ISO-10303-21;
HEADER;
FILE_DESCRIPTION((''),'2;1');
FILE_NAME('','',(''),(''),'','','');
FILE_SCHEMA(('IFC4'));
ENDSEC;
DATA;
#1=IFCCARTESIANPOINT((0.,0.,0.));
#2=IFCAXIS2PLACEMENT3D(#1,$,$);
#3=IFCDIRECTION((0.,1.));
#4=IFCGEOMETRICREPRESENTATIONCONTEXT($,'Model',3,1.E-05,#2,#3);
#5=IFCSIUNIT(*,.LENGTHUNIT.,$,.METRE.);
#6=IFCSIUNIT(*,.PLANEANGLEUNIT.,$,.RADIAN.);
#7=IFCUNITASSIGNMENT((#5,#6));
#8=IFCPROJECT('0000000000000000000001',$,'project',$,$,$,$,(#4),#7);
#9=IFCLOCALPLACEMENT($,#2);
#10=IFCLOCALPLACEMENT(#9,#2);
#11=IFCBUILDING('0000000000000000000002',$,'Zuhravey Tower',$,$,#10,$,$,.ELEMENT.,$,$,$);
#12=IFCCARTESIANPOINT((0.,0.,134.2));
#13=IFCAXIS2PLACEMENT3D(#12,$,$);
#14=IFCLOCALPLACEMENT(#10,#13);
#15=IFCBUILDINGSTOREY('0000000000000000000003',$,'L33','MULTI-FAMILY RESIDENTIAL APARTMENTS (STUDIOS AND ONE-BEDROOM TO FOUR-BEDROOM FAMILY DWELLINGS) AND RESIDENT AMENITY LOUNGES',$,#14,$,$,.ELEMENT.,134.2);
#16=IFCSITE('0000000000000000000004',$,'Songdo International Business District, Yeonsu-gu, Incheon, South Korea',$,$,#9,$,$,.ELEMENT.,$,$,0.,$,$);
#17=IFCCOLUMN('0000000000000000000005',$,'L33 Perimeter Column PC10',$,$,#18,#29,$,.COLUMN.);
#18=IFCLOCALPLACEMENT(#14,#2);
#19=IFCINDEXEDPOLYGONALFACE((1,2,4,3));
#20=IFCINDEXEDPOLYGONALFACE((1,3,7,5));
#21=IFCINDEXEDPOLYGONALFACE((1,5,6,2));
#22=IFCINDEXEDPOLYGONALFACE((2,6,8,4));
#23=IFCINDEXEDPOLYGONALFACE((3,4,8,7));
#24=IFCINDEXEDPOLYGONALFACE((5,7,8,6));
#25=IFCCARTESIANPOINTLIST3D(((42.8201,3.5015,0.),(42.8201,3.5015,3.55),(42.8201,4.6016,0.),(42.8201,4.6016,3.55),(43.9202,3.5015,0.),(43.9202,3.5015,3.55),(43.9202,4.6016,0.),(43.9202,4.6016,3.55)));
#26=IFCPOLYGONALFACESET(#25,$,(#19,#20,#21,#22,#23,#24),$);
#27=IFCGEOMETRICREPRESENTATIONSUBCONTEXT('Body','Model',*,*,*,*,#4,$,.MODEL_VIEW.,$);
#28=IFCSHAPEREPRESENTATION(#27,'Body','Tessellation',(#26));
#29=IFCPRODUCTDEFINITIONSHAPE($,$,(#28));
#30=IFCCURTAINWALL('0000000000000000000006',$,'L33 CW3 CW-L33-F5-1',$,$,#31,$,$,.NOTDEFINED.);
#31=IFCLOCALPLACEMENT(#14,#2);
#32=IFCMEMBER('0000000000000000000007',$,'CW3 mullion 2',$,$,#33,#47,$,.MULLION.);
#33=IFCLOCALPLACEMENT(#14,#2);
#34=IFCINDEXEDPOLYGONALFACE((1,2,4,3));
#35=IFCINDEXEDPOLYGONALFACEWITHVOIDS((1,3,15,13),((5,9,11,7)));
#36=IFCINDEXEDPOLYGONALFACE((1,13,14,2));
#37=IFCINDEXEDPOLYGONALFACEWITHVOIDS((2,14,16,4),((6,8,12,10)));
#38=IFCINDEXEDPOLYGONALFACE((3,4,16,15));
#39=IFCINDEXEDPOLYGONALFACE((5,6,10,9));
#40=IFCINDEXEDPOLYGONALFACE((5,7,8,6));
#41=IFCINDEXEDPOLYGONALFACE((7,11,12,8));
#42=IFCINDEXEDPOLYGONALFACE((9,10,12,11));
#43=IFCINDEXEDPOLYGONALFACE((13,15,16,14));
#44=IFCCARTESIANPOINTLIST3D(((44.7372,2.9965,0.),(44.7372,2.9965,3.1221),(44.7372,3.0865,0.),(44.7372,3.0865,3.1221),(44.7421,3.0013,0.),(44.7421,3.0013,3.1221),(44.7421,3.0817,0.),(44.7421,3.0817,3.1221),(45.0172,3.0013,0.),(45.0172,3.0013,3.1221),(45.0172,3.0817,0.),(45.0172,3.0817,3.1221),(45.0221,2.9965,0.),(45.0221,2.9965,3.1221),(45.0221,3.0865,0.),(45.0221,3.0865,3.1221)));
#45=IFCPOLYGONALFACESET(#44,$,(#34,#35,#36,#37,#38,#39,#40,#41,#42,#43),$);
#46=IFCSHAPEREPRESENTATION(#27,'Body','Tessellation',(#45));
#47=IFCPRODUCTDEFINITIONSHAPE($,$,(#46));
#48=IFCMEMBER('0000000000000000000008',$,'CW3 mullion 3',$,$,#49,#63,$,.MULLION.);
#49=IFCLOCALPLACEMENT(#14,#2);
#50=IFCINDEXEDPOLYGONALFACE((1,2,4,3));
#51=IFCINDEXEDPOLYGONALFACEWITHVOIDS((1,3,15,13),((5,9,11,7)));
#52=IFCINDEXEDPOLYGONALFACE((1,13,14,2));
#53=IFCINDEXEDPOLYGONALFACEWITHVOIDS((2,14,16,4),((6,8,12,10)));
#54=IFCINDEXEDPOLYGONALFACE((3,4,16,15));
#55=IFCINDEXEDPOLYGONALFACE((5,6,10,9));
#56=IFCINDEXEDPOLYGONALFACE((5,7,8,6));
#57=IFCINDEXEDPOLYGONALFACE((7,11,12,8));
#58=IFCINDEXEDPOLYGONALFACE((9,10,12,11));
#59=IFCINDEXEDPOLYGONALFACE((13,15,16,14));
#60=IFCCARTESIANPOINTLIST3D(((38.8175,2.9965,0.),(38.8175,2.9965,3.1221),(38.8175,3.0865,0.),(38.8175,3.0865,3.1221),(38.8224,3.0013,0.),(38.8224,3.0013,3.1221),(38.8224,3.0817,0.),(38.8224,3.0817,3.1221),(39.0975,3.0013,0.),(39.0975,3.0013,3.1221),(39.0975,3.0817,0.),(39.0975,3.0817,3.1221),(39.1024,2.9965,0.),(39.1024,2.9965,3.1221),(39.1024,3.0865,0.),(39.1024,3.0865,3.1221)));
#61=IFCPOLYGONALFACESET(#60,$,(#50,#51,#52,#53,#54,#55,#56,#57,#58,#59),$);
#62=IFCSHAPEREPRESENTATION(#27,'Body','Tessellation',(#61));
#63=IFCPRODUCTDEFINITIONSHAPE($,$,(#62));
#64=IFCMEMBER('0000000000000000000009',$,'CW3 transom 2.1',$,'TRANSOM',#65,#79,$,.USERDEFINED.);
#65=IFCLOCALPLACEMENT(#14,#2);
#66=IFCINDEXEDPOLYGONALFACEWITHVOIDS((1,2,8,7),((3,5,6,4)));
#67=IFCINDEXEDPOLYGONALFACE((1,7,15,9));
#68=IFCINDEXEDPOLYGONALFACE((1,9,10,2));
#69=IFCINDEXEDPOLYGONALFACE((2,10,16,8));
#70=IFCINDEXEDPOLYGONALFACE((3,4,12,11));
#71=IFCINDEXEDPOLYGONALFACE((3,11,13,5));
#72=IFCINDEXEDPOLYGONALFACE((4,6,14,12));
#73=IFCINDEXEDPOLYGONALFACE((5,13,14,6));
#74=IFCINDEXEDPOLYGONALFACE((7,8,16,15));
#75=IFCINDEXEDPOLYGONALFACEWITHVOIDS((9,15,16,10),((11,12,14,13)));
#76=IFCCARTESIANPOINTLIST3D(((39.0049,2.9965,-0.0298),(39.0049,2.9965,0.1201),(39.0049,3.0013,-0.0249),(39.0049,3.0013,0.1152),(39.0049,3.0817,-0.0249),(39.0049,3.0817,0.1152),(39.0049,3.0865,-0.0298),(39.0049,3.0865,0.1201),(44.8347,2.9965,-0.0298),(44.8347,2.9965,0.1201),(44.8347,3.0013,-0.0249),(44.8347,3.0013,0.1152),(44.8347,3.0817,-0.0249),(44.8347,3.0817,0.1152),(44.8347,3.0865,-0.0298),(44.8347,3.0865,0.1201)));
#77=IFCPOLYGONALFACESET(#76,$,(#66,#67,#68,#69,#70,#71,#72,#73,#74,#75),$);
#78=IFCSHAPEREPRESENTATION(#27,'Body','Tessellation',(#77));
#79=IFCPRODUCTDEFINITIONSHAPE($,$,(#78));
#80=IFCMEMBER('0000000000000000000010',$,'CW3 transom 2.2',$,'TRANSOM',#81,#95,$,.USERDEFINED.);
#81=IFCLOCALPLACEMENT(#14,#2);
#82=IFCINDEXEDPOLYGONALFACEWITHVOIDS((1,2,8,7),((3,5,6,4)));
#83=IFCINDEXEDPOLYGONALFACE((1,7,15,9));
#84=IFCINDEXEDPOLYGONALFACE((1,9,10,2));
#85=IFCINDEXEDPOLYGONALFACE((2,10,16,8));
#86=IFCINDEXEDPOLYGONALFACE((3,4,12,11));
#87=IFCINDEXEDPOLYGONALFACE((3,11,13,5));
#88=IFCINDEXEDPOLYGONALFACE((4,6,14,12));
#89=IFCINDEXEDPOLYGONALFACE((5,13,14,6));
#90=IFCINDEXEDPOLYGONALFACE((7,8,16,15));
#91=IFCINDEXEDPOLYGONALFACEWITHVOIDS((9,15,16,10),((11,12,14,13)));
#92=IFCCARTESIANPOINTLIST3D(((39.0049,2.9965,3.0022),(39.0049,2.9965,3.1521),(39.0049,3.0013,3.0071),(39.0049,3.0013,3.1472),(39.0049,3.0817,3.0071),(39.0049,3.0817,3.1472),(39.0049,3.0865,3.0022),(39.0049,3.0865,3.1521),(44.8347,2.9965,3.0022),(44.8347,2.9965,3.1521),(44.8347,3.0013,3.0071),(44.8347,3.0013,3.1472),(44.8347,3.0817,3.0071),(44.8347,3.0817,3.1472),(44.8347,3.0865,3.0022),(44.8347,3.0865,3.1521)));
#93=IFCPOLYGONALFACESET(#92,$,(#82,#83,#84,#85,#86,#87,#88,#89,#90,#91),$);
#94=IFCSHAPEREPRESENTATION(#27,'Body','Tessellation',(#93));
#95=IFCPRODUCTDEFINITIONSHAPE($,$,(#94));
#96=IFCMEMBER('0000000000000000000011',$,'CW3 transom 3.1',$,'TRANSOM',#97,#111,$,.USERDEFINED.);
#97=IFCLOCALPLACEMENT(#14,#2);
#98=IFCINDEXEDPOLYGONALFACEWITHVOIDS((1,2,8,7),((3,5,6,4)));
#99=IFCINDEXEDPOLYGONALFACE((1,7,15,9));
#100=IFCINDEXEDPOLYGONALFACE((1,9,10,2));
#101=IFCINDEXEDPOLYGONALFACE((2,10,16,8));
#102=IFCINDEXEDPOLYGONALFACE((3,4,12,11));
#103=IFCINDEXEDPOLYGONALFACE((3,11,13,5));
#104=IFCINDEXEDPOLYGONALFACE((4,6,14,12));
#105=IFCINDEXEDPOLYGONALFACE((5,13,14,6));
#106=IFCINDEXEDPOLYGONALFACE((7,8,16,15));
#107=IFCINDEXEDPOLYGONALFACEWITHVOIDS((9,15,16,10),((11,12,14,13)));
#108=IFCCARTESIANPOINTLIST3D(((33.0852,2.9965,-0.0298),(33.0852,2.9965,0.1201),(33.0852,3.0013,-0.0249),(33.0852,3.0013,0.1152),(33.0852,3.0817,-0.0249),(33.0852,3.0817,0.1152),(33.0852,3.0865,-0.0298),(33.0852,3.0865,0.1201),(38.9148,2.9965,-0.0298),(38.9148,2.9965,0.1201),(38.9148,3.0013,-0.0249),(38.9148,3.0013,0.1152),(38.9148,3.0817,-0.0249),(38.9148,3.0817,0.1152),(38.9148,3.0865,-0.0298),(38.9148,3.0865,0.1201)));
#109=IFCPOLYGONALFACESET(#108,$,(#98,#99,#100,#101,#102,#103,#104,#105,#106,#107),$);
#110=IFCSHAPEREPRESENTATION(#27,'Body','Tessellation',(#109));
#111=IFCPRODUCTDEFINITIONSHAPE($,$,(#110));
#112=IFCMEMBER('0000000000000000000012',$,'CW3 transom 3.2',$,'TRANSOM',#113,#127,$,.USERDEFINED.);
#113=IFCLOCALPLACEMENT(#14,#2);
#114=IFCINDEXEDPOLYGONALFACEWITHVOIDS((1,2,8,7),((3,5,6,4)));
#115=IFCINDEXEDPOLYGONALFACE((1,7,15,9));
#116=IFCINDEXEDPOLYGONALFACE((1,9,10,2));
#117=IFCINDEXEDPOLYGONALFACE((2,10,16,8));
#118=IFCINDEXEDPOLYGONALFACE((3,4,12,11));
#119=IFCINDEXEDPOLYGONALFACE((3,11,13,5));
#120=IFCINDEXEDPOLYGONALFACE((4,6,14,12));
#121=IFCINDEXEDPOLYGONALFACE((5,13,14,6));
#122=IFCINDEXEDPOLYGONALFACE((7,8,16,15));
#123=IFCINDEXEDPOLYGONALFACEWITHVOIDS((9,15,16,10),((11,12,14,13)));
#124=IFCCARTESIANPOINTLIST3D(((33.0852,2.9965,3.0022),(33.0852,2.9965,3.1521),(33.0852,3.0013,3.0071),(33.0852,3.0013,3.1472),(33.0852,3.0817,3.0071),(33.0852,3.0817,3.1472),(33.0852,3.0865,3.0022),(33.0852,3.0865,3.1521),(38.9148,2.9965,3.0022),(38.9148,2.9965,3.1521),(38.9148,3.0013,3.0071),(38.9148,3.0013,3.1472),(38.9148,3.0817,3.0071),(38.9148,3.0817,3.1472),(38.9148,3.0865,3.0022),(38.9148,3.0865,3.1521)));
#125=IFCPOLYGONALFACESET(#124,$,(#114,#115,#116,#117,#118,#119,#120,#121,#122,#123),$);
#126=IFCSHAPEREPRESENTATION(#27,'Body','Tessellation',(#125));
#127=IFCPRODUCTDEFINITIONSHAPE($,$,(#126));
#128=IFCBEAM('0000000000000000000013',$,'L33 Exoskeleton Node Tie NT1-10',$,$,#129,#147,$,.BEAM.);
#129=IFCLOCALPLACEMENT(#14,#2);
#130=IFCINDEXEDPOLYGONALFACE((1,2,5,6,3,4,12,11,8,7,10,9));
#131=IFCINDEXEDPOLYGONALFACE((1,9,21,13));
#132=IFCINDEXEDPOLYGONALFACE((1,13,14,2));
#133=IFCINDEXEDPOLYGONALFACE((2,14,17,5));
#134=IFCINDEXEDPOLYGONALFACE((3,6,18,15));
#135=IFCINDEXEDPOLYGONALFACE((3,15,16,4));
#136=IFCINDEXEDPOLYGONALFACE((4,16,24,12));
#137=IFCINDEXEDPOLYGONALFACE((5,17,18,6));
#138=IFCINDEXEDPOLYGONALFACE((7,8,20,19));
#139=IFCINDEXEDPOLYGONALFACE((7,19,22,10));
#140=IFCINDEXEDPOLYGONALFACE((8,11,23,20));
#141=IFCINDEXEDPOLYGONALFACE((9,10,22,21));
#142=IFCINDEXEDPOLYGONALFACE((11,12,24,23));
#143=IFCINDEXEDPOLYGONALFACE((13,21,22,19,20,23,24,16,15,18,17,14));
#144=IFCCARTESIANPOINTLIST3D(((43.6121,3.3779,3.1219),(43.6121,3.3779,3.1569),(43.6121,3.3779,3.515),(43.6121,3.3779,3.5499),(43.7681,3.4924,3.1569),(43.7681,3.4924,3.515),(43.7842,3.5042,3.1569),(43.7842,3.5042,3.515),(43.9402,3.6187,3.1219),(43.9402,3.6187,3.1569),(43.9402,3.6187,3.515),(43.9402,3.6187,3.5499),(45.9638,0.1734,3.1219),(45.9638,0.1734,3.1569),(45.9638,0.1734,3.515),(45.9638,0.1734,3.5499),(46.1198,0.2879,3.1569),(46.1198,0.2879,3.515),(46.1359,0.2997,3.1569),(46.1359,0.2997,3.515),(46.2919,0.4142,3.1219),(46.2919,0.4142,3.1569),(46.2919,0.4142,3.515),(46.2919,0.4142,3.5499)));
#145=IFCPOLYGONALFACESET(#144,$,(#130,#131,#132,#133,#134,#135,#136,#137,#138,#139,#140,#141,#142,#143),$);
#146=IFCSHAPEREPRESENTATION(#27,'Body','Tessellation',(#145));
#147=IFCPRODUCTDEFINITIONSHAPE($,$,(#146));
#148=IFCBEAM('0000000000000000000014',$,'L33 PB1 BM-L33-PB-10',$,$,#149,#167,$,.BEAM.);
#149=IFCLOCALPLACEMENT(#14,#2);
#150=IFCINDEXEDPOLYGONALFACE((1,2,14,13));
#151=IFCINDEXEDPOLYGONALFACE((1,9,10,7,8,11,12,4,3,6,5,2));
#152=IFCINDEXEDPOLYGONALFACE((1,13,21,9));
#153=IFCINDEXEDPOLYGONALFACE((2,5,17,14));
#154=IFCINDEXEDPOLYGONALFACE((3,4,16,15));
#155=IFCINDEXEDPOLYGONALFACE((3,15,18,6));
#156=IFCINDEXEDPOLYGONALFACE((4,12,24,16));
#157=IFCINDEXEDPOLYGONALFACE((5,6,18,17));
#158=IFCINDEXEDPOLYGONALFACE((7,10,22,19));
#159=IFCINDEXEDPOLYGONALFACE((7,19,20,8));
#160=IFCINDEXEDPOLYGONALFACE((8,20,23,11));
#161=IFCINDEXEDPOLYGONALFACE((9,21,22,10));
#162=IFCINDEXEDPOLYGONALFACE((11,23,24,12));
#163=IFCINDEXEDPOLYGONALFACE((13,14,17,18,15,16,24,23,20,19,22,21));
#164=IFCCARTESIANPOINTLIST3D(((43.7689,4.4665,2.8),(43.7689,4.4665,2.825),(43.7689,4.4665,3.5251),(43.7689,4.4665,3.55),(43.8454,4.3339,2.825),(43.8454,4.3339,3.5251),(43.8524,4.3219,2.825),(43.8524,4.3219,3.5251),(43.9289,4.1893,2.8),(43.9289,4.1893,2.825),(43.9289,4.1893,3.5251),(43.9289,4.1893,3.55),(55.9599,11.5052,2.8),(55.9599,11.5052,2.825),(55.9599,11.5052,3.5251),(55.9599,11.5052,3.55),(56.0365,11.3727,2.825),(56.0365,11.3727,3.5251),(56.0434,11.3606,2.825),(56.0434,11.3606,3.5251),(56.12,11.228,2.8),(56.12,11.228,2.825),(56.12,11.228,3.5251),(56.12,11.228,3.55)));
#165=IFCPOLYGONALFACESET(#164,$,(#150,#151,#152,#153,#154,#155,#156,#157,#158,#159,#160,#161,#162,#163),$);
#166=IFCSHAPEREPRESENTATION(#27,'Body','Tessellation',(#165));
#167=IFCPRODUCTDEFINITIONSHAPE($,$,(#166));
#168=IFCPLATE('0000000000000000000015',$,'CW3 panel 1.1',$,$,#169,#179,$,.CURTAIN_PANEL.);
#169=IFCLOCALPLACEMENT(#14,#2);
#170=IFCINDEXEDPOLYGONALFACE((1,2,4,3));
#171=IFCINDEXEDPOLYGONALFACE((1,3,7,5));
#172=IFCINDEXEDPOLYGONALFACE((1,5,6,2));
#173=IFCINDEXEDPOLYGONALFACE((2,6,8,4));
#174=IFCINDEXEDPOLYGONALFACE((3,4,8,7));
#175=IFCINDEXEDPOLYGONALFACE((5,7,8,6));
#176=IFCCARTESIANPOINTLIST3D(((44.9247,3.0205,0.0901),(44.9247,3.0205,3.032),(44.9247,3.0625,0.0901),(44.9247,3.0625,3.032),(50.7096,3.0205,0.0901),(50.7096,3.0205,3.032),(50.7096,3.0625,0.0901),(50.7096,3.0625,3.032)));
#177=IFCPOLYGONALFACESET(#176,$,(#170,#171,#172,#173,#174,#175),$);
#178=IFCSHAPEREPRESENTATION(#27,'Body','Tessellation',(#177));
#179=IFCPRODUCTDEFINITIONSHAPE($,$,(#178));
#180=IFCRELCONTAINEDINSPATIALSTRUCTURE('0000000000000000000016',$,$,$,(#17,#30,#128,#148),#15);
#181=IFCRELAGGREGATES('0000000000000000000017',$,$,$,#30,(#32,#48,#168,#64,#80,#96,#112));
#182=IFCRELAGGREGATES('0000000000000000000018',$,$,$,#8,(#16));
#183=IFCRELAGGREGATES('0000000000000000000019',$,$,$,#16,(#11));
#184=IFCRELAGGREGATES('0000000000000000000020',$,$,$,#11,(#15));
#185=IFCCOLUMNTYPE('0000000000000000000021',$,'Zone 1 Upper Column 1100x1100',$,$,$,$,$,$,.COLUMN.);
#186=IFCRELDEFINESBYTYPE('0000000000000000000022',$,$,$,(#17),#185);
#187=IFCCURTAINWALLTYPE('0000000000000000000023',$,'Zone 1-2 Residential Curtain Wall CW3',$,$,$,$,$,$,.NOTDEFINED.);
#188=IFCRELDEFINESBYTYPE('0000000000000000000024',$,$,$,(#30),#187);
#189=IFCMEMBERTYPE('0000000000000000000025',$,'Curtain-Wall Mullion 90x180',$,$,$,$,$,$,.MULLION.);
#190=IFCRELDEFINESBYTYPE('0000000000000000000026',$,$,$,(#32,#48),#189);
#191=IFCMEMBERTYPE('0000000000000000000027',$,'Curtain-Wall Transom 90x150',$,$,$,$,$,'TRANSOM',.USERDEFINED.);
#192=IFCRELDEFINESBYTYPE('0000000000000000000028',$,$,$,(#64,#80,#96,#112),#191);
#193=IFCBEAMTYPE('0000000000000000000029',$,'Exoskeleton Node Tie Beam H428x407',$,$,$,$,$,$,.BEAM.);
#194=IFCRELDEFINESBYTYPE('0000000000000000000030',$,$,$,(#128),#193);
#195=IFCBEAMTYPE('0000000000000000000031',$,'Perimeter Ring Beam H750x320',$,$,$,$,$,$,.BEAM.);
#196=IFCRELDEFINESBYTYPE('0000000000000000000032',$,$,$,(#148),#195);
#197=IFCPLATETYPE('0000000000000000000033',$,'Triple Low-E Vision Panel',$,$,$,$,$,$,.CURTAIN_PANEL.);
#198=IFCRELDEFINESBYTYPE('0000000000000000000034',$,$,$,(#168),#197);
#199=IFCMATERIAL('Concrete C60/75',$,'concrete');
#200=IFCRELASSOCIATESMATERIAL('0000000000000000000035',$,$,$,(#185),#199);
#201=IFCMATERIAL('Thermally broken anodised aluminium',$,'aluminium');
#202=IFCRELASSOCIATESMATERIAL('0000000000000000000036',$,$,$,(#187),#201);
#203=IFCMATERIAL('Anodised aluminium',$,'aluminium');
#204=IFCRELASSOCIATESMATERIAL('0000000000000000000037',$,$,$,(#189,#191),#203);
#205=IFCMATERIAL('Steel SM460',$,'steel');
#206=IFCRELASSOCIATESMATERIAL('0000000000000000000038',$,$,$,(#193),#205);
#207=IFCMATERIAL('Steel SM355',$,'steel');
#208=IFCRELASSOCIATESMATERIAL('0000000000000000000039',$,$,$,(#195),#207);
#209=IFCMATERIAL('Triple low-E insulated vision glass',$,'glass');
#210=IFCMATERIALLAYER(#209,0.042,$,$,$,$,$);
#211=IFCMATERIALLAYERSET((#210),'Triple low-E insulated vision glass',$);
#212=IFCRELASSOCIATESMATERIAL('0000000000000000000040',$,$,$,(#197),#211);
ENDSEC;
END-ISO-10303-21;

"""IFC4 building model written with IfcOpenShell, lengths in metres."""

from ifc_helpers import new_model, si_unit, direction, frame, origin, origin_2d, place, context, subcontext, project, spatial, rectangle, hollow_rectangle, i_section, extrude, material, layer, layer_set, material_profile, profile_set, type_object, element, aggregate, save


model = new_model("IFC4")

# Units and contexts
model_context = context("Model", 3, precision=1e-05, world=origin(), true_north=direction((0.0, 1.0)))
body_context = subcontext(model_context, "Body", "Model", "MODEL_VIEW")
ifc_project = project(units=[si_unit("LENGTHUNIT", "METRE"), si_unit("PLANEANGLEUNIT", "RADIAN")], contexts=[model_context])

# Site, building, storey
site_placement = place(None, origin())
site = spatial("IfcSite", under=ifc_project, at=site_placement, Name="Songdo International Business District, Yeonsu-gu, Incheon, South Korea", CompositionType="ELEMENT", RefElevation=0.0)
building_placement = place(site_placement, origin())
building = spatial("IfcBuilding", under=site, at=building_placement, Name="Zuhravey Tower", CompositionType="ELEMENT")
storey_placement = place(building_placement, frame((0.0, 0.0, 134.2)))
storey = spatial("IfcBuildingStorey", under=building, at=storey_placement, Name="L33", Description="MULTI-FAMILY RESIDENTIAL APARTMENTS (STUDIOS AND ONE-BEDROOM TO FOUR-BEDROOM FAMILY DWELLINGS) AND RESIDENT AMENITY LOUNGES", CompositionType="ELEMENT", Elevation=134.2)

# Column
ifc_material_1 = material(Name="Concrete C60/75", Category="concrete")
ifc_material_profile_1 = material_profile(ifc_material_1, rectangle(XDim=1.1001, YDim=1.1001, at=origin_2d()), Name="RC-1100x1100")
ifc_profile_set_1 = profile_set([ifc_material_profile_1], Name="Concrete C60/75")
column_type = type_object("IfcColumnType", Name="Zone 1 Upper Column 1100x1100", PredefinedType="COLUMN", material=ifc_profile_set_1)
column_placement = place(storey_placement, frame((43.3701, 4.0515, 0.0), z_axis=(0.0, 0.0, 1.0), x_axis=(1.0, 0.0, 0.0)))
element("IfcColumn", 1, at=column_placement, inside=storey, type_object=column_type, Name="L33 Perimeter Column PC10", PredefinedType="COLUMN", context=body_context, shape_type="SweptSolid", body=[
    extrude(rectangle(XDim=1.1001, YDim=1.1001, at=origin_2d()), origin(), (0.0, 0.0, 1.0), 3.55),
])

# Curtain wall, members
ifc_material_2 = material(Name="Thermally broken anodised aluminium", Category="aluminium")
curtain_wall_type = type_object("IfcCurtainWallType", Name="Zone 1-2 Residential Curtain Wall CW3", PredefinedType="NOTDEFINED", material=ifc_material_2)
curtain_wall_placement = place(storey_placement, origin())
curtain_wall = element("IfcCurtainWall", 2, at=curtain_wall_placement, inside=storey, type_object=curtain_wall_type, Name="L33 CW3 CW-L33-F5-1", PredefinedType="NOTDEFINED")
ifc_material_3 = material(Name="Anodised aluminium", Category="aluminium")
ifc_material_profile_2 = material_profile(ifc_material_3, hollow_rectangle(XDim=0.0901, YDim=0.2849, WallThickness=0.0049, at=origin_2d()), Name="ALU-RHS-90x285x5")
ifc_profile_set_2 = profile_set([ifc_material_profile_2], Name="Anodised aluminium")
member_type_1 = type_object("IfcMemberType", Name="Curtain-Wall Mullion 90x180", PredefinedType="MULLION", material=ifc_profile_set_2)
member_1_placement = place(storey_placement, frame((44.8796, 3.0415, 0.0), z_axis=(0.0, 0.0, 1.0), x_axis=(0.0, -1.0, 0.0)))
member_1 = element("IfcMember", 3, at=member_1_placement, type_object=member_type_1, Name="CW3 mullion 2", PredefinedType="MULLION", context=body_context, shape_type="SweptSolid", body=[
    extrude(hollow_rectangle(XDim=0.0901, YDim=0.2849, WallThickness=0.0049, at=origin_2d()), origin(), (0.0, 0.0, 1.0), 3.1221),
])
member_2_placement = place(storey_placement, frame((38.96, 3.0415, 0.0), z_axis=(0.0, 0.0, 1.0), x_axis=(0.0, -1.0, 0.0)))
member_2 = element("IfcMember", 4, at=member_2_placement, type_object=member_type_1, Name="CW3 mullion 3", PredefinedType="MULLION", context=body_context, shape_type="SweptSolid", body=[
    extrude(hollow_rectangle(XDim=0.0901, YDim=0.2849, WallThickness=0.0049, at=origin_2d()), origin(), (0.0, 0.0, 1.0), 3.1221),
])
ifc_material_profile_3 = material_profile(ifc_material_3, hollow_rectangle(XDim=0.0901, YDim=0.1499, WallThickness=0.0049, at=origin_2d()), Name="ALU-RHS-90x150x5")
ifc_profile_set_3 = profile_set([ifc_material_profile_3], Name="Anodised aluminium")
member_type_2 = type_object("IfcMemberType", Name="Curtain-Wall Transom 90x150", ElementType="TRANSOM", PredefinedType="USERDEFINED", material=ifc_profile_set_3)
member_3_placement = place(storey_placement, frame((44.8347, 3.0415, 0.0452), z_axis=(-1.0, 0.0, 0.0), x_axis=(0.0, -1.0, 0.0)))
member_3 = element("IfcMember", 5, at=member_3_placement, type_object=member_type_2, Name="CW3 transom 2.1", ObjectType="TRANSOM", PredefinedType="USERDEFINED", context=body_context, shape_type="SweptSolid", body=[
    extrude(hollow_rectangle(XDim=0.0901, YDim=0.1499, WallThickness=0.0049, at=origin_2d()), origin(), (0.0, 0.0, 1.0), 5.8298),
])
member_4_placement = place(storey_placement, frame((44.8347, 3.0415, 3.0771), z_axis=(-1.0, 0.0, 0.0), x_axis=(0.0, -1.0, 0.0)))
member_4 = element("IfcMember", 6, at=member_4_placement, type_object=member_type_2, Name="CW3 transom 2.2", ObjectType="TRANSOM", PredefinedType="USERDEFINED", context=body_context, shape_type="SweptSolid", body=[
    extrude(hollow_rectangle(XDim=0.0901, YDim=0.1499, WallThickness=0.0049, at=origin_2d()), origin(), (0.0, 0.0, 1.0), 5.8298),
])
member_5_placement = place(storey_placement, frame((38.9148, 3.0415, 0.0452), z_axis=(-1.0, 0.0, 0.0), x_axis=(0.0, -1.0, 0.0)))
member_5 = element("IfcMember", 7, at=member_5_placement, type_object=member_type_2, Name="CW3 transom 3.1", ObjectType="TRANSOM", PredefinedType="USERDEFINED", context=body_context, shape_type="SweptSolid", body=[
    extrude(hollow_rectangle(XDim=0.0901, YDim=0.1499, WallThickness=0.0049, at=origin_2d()), origin(), (0.0, 0.0, 1.0), 5.8296),
])
member_6_placement = place(storey_placement, frame((38.9148, 3.0415, 3.0771), z_axis=(-1.0, 0.0, 0.0), x_axis=(0.0, -1.0, 0.0)))
member_6 = element("IfcMember", 8, at=member_6_placement, type_object=member_type_2, Name="CW3 transom 3.2", ObjectType="TRANSOM", PredefinedType="USERDEFINED", context=body_context, shape_type="SweptSolid", body=[
    extrude(hollow_rectangle(XDim=0.0901, YDim=0.1499, WallThickness=0.0049, at=origin_2d()), origin(), (0.0, 0.0, 1.0), 5.8296),
])

# Beams
ifc_material_4 = material(Name="Steel SM460", Category="steel")
ifc_material_profile_4 = material_profile(ifc_material_4, i_section(OverallWidth=0.407, OverallDepth=0.428, WebThickness=0.02, FlangeThickness=0.0349, at=origin_2d()), Name="H-428x407x20x35")
ifc_profile_set_4 = profile_set([ifc_material_profile_4], Name="Steel SM460")
beam_type_1 = type_object("IfcBeamType", Name="Exoskeleton Node Tie Beam H428x407", PredefinedType="BEAM", material=ifc_profile_set_4)
beam_1_placement = place(storey_placement, frame((43.7761, 3.4983, 3.3359), z_axis=(0.591654, -0.806192, 0.0), x_axis=(0.806192, 0.591654, 0.0)))
element("IfcBeam", 9, at=beam_1_placement, inside=storey, type_object=beam_type_1, Name="L33 Exoskeleton Node Tie NT1-10", PredefinedType="BEAM", context=body_context, shape_type="SweptSolid", body=[
    extrude(i_section(OverallWidth=0.407, OverallDepth=0.428, WebThickness=0.02, FlangeThickness=0.0349, at=origin_2d()), origin(), (0.0, 0.0, 1.0), 3.9749),
])
ifc_material_5 = material(Name="Steel SM355", Category="steel")
ifc_material_profile_5 = material_profile(ifc_material_5, i_section(OverallWidth=0.3201, OverallDepth=0.75, WebThickness=0.0139, FlangeThickness=0.0249, at=origin_2d()), Name="H-750x320x14x25")
ifc_profile_set_5 = profile_set([ifc_material_profile_5], Name="Steel SM355")
beam_type_2 = type_object("IfcBeamType", Name="Perimeter Ring Beam H750x320", PredefinedType="BEAM", material=ifc_profile_set_5)
beam_2_placement = place(storey_placement, frame((43.8489, 4.3279, 3.175), z_axis=(0.866018, 0.500013, 0.0), x_axis=(-0.500013, 0.866018, 0.0)))
element("IfcBeam", 10, at=beam_2_placement, inside=storey, type_object=beam_type_2, Name="L33 PB1 BM-L33-PB-10", PredefinedType="BEAM", context=body_context, shape_type="SweptSolid", body=[
    extrude(i_section(OverallWidth=0.3201, OverallDepth=0.75, WebThickness=0.0139, FlangeThickness=0.0249, at=origin_2d()), origin(), (0.0, 0.0, 1.0), 14.0771),
])

# Plate
ifc_material_6 = material(Name="Triple low-E insulated vision glass", Category="glass")
ifc_layer = layer(ifc_material_6, 0.042)
ifc_layer_set = layer_set([ifc_layer], Name="Triple low-E insulated vision glass")
plate_type = type_object("IfcPlateType", Name="Triple Low-E Vision Panel", PredefinedType="CURTAIN_PANEL", material=ifc_layer_set)
plate_1_placement = place(storey_placement, frame((47.8171, 3.0415, 0.0901), z_axis=(0.0, 0.0, 1.0), x_axis=(-1.0, 0.0, 0.0)))
plate_1 = element("IfcPlate", 11, at=plate_1_placement, type_object=plate_type, Name="CW3 panel 1.1", PredefinedType="CURTAIN_PANEL", context=body_context, shape_type="SweptSolid", body=[
    extrude(rectangle(XDim=5.7849, YDim=0.042, at=origin_2d()), origin(), (0.0, 0.0, 1.0), 2.9419),
])
aggregate(curtain_wall, [member_1, member_2, plate_1, member_3, member_4, member_5, member_6])

save(model, "model.ifc")
